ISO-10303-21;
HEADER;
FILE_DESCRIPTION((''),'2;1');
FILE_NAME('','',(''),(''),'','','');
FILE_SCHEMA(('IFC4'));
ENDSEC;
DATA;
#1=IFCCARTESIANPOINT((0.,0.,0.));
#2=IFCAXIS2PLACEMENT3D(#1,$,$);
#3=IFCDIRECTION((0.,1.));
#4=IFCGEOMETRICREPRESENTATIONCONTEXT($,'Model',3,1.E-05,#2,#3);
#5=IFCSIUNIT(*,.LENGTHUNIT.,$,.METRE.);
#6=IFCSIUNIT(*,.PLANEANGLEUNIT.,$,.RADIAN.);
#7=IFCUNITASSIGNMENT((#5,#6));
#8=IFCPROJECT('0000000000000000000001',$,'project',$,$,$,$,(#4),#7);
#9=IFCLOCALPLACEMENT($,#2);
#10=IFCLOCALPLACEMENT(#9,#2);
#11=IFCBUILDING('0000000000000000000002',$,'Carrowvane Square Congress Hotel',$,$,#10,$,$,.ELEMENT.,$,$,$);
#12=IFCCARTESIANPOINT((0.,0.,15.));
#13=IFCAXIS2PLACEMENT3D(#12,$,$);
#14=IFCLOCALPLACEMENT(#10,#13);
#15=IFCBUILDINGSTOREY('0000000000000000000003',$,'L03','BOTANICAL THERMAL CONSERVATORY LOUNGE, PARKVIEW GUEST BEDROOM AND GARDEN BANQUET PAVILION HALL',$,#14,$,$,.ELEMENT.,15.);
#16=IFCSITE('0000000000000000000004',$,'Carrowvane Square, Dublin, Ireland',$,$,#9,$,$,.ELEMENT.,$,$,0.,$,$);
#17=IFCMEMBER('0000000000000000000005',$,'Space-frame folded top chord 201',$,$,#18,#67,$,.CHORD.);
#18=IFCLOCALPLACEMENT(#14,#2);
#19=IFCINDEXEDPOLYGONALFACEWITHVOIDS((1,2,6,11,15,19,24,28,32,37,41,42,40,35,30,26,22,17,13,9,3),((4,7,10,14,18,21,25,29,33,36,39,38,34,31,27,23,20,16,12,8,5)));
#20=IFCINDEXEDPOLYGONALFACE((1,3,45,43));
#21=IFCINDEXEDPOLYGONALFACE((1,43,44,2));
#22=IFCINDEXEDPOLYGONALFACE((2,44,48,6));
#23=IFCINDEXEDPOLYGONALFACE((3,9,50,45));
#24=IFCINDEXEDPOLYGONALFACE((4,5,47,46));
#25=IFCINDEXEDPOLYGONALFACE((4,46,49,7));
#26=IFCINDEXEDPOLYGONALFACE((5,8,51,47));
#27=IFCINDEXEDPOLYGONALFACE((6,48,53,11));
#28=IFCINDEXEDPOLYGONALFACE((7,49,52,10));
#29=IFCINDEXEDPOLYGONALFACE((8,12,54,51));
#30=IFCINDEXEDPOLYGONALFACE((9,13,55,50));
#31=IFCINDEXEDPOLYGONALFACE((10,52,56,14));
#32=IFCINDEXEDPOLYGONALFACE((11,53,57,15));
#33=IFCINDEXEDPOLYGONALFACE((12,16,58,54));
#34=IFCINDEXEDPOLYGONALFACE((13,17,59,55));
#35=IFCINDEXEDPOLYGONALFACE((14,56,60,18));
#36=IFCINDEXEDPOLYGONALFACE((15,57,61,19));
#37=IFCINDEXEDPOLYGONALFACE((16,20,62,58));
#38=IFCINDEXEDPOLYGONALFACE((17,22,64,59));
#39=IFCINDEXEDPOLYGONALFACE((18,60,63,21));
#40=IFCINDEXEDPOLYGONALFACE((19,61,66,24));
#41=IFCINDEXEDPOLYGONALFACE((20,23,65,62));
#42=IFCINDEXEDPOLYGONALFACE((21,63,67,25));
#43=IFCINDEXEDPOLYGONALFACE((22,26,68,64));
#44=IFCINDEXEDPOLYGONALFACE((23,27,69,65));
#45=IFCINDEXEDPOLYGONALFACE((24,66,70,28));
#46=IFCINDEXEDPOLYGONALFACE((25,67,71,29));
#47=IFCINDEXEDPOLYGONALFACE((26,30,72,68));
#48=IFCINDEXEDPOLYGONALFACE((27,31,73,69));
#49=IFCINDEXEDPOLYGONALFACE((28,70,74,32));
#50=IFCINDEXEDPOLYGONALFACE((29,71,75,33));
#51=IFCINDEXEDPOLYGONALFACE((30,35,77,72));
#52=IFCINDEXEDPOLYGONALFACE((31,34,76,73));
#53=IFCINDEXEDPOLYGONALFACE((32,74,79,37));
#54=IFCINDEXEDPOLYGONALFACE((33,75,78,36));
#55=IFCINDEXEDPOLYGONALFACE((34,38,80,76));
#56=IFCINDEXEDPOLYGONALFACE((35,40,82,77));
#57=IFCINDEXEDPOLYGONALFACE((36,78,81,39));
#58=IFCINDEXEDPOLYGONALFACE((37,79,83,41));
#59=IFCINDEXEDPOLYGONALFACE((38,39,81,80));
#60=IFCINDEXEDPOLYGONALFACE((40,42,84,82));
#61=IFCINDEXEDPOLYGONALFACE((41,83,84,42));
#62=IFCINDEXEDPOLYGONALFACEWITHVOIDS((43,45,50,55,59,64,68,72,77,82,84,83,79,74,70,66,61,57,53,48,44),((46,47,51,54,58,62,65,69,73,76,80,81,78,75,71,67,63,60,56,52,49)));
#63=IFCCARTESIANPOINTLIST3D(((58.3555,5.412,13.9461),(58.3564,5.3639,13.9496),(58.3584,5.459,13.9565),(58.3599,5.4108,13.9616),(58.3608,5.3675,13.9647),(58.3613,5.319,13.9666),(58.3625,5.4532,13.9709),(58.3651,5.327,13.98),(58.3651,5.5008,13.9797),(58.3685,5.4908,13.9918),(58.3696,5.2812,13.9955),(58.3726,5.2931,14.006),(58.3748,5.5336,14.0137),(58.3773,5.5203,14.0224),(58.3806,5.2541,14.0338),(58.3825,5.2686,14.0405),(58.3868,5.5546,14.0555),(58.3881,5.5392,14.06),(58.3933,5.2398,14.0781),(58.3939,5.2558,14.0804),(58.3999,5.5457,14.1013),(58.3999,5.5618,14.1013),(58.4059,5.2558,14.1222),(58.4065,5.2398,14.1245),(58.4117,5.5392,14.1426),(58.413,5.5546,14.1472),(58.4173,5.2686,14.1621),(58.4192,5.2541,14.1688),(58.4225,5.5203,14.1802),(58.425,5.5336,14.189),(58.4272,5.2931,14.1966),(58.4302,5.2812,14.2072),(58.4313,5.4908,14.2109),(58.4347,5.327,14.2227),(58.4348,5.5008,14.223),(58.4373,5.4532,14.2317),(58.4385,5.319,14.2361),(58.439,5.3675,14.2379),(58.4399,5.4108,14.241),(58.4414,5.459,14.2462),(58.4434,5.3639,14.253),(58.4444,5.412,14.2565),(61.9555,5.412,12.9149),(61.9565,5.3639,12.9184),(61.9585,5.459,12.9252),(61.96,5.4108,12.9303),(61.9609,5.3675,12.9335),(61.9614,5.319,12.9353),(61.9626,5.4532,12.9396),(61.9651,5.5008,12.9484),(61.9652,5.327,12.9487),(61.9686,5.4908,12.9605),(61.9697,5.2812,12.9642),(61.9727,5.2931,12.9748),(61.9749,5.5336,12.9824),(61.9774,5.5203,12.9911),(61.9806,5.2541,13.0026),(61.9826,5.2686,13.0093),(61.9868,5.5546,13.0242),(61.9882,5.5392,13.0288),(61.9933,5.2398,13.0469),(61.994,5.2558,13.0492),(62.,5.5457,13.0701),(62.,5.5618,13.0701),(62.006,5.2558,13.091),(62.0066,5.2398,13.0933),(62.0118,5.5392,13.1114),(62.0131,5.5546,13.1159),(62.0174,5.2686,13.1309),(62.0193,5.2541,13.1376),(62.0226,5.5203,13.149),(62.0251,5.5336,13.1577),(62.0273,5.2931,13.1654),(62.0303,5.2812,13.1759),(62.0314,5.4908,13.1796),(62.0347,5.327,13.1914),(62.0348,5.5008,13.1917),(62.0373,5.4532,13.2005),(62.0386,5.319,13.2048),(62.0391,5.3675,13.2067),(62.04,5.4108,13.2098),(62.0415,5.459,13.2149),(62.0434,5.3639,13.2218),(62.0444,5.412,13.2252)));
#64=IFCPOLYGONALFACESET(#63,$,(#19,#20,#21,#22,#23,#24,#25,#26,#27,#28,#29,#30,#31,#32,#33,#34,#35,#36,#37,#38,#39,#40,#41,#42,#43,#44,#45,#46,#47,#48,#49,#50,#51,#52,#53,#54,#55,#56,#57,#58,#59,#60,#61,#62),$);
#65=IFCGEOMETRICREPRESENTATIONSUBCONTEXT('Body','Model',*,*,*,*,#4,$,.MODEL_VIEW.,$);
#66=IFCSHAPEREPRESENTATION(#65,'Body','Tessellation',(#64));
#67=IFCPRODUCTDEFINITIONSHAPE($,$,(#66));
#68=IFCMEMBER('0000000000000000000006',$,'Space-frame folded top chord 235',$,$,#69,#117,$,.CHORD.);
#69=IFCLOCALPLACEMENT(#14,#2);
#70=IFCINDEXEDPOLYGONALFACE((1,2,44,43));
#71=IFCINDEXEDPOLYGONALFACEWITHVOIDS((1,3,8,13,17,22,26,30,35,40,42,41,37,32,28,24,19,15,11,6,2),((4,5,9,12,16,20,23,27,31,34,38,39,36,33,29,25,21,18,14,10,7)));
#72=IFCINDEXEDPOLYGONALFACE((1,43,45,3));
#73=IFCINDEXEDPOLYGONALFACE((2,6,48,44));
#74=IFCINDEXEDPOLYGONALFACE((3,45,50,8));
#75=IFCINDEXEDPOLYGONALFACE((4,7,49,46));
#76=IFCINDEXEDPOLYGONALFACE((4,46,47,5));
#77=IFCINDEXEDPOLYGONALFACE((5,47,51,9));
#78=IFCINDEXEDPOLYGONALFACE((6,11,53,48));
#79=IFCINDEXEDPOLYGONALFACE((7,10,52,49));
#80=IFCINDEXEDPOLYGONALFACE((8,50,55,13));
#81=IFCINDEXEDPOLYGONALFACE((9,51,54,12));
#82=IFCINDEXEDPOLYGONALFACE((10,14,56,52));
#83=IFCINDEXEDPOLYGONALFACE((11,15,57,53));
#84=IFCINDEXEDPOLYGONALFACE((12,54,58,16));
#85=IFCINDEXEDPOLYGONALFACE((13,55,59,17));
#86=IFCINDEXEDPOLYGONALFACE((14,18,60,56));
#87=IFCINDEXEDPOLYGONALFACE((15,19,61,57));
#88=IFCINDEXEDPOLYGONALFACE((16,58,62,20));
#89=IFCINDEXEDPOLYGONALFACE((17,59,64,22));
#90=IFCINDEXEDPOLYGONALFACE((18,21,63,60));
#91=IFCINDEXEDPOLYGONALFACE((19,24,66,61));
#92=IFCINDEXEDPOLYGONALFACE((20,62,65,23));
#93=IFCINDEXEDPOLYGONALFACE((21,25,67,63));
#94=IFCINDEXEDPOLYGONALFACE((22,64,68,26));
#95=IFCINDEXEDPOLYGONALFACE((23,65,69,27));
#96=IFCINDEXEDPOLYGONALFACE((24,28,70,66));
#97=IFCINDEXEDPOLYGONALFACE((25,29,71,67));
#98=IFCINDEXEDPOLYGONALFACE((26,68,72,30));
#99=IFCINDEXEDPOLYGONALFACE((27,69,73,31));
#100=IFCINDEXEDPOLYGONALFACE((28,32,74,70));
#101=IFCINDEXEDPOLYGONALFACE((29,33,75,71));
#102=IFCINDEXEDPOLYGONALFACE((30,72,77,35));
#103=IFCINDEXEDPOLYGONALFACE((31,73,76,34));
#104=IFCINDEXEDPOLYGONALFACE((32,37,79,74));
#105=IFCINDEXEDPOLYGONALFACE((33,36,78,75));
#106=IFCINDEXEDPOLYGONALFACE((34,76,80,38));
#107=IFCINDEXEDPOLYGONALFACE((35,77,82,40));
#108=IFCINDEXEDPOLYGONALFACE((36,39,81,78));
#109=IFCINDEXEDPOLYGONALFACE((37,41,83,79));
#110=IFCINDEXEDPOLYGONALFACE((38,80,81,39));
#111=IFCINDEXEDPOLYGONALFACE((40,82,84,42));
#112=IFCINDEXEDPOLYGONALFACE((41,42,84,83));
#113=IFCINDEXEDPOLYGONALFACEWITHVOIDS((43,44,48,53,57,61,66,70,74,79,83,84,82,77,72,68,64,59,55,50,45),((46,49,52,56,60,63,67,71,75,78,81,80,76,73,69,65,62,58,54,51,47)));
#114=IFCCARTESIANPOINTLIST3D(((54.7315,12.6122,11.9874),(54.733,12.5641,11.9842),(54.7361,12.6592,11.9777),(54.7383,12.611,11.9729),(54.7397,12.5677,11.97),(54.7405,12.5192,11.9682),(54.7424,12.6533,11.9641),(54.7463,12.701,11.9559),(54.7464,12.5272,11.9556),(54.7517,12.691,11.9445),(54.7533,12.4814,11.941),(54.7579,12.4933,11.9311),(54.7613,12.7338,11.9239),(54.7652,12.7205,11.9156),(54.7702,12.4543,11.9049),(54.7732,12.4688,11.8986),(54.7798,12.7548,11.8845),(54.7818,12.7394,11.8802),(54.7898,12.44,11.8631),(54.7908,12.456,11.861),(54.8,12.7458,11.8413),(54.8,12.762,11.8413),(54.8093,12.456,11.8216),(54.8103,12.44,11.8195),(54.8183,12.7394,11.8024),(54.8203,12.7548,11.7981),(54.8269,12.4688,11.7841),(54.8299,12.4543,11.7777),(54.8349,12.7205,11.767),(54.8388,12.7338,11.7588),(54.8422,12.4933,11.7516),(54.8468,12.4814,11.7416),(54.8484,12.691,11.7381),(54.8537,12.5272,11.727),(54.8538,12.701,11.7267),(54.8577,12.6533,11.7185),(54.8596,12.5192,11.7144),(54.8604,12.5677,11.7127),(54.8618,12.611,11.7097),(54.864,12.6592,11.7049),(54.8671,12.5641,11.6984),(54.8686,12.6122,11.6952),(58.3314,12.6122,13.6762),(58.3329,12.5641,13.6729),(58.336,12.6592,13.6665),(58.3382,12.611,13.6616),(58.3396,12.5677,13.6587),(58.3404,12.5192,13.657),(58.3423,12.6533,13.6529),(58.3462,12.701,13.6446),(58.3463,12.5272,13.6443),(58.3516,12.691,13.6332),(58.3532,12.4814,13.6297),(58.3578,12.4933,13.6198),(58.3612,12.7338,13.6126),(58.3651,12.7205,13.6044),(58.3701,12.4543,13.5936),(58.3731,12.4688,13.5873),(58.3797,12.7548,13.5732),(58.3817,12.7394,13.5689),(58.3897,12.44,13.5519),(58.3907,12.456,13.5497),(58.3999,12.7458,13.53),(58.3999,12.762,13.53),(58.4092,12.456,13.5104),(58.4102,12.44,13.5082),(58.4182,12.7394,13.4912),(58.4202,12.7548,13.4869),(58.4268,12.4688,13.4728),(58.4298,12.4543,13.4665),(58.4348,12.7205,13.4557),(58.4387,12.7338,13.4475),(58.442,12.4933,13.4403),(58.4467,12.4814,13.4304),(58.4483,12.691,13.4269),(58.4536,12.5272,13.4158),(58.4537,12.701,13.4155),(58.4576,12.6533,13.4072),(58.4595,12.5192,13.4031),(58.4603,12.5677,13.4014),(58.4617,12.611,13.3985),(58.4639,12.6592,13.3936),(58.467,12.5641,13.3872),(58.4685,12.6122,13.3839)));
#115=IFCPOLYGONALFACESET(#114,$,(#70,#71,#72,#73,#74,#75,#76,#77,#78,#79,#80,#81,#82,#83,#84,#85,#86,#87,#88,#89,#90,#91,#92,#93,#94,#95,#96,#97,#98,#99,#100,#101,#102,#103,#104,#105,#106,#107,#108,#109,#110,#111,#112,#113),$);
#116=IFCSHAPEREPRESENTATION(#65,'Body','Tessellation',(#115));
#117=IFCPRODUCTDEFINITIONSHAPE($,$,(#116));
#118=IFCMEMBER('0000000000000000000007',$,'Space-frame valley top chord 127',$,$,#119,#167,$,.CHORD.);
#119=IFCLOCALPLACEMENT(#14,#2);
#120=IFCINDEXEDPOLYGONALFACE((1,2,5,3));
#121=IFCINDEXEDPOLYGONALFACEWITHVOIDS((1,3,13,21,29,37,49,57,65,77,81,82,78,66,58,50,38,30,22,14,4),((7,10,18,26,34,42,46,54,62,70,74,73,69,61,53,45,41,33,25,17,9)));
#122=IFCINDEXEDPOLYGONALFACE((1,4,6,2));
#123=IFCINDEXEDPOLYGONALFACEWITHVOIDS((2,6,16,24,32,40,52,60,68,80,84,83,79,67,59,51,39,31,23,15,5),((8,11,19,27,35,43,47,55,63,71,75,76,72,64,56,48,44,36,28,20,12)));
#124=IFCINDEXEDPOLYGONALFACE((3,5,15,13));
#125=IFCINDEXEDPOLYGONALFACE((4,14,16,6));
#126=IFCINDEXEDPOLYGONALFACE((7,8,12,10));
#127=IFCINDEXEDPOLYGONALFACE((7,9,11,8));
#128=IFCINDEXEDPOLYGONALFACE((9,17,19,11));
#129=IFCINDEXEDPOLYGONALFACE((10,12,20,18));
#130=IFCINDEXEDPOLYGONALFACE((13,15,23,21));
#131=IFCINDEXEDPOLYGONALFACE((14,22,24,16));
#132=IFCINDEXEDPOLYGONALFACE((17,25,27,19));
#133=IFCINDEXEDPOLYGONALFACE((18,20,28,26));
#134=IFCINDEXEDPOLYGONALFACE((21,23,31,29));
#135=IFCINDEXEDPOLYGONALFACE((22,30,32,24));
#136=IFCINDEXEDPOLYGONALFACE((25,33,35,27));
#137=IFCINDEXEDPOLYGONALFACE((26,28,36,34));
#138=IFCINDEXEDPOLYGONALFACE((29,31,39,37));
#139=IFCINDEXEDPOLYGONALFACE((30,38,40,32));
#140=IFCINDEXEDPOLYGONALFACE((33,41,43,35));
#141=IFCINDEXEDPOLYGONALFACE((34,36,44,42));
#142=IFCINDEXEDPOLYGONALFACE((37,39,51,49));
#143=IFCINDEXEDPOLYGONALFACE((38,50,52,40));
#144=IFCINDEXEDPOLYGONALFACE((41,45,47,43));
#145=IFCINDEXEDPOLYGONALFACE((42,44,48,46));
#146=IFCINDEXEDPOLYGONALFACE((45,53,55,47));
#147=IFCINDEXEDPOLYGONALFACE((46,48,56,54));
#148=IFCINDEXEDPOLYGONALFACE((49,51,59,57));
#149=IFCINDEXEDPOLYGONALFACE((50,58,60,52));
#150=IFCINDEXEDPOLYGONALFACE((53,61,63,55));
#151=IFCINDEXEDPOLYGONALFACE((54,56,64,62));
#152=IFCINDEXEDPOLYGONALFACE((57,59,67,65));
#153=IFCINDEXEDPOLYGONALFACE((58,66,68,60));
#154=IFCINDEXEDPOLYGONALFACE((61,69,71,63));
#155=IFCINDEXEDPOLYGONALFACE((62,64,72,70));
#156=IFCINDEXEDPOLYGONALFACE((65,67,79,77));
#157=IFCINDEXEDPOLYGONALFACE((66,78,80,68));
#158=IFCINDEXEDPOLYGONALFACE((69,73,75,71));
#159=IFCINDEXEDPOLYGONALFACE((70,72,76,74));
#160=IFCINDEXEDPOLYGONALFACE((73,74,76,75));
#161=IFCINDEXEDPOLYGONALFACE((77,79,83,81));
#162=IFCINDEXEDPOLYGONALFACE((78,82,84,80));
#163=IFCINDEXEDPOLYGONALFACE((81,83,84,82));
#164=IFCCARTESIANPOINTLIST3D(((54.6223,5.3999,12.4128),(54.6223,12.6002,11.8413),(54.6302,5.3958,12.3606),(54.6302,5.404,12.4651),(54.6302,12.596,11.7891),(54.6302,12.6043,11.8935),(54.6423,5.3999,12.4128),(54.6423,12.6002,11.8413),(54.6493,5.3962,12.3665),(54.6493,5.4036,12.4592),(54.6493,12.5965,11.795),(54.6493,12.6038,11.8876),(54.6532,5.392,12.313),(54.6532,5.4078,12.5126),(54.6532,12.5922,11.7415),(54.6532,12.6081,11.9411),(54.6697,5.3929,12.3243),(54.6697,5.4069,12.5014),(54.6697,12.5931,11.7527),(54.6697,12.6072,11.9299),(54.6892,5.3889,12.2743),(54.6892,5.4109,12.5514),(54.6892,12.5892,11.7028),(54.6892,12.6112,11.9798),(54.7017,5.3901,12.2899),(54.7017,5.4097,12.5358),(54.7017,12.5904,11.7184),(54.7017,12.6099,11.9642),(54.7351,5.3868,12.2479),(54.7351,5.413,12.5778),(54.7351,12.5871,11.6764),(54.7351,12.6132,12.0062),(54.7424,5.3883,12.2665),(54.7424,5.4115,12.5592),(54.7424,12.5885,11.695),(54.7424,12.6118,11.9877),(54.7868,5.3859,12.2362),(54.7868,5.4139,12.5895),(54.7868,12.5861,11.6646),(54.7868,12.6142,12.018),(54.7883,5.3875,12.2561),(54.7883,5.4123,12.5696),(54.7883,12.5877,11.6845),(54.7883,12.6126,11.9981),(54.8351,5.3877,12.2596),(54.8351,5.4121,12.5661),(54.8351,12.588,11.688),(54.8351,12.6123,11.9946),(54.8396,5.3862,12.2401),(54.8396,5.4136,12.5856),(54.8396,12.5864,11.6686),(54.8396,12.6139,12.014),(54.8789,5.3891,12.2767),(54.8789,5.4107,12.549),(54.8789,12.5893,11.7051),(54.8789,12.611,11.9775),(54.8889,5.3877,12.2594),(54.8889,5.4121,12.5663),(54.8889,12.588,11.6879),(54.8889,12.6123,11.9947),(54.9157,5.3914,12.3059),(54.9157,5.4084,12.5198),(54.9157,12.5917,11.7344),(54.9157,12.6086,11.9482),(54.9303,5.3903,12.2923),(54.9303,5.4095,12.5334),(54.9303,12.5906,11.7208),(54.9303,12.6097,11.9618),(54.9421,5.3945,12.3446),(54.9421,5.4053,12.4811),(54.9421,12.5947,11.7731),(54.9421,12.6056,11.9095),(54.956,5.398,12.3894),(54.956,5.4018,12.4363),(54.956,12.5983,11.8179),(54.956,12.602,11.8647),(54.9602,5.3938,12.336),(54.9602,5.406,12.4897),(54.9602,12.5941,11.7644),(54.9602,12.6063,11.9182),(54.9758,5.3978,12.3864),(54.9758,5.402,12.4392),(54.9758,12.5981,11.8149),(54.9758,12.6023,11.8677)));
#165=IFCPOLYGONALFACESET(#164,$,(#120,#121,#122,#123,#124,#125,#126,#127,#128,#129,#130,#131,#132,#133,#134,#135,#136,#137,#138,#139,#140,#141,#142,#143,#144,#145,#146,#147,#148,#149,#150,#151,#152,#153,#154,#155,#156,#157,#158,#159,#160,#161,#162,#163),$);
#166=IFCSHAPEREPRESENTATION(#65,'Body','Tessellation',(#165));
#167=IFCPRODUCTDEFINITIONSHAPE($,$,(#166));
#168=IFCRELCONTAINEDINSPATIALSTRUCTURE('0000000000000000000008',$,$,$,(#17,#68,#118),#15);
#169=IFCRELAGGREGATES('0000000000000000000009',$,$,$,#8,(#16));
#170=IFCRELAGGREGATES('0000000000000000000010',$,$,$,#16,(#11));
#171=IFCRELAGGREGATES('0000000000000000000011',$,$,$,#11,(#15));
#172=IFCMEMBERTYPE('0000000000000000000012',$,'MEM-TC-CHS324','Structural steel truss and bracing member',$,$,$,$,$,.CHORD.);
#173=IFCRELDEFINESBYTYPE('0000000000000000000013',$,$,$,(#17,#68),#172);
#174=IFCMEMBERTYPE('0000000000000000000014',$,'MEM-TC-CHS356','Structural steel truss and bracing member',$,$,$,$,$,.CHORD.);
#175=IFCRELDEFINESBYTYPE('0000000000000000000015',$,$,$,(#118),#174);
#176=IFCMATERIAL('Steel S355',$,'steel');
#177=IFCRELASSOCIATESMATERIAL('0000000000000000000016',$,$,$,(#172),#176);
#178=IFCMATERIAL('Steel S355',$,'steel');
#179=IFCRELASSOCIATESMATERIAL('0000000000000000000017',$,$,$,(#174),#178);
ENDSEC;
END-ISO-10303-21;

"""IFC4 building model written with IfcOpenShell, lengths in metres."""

from ifc_helpers import new_model, si_unit, direction, frame, origin, origin_2d, place, context, subcontext, project, spatial, hollow_circle, extrude, material, material_profile, profile_set, type_object, element, save


model = new_model("IFC4")

# Units and contexts
model_context = context("Model", 3, precision=1e-05, world=origin(), true_north=direction((0.0, 1.0)))
body_context = subcontext(model_context, "Body", "Model", "MODEL_VIEW")
ifc_project = project(units=[si_unit("LENGTHUNIT", "METRE"), si_unit("PLANEANGLEUNIT", "RADIAN")], contexts=[model_context])

# Site, building, storey
site_placement = place(None, origin())
site = spatial("IfcSite", under=ifc_project, at=site_placement, Name="Carrowvane Square, Dublin, Ireland", CompositionType="ELEMENT", RefElevation=0.0)
building_placement = place(site_placement, origin())
building = spatial("IfcBuilding", under=site, at=building_placement, Name="Carrowvane Square Congress Hotel", CompositionType="ELEMENT")
storey_placement = place(building_placement, frame((0.0, 0.0, 15.0)))
storey = spatial("IfcBuildingStorey", under=building, at=storey_placement, Name="L03", Description="BOTANICAL THERMAL CONSERVATORY LOUNGE, PARKVIEW GUEST BEDROOM AND GARDEN BANQUET PAVILION HALL", CompositionType="ELEMENT", Elevation=15.0)

# Members
ifc_material_1 = material(Name="Steel S355", Category="steel")
ifc_material_profile_1 = material_profile(ifc_material_1, hollow_circle(Radius=0.1619, WallThickness=0.0161, at=origin_2d()), Name="CHS 323.9x16")
ifc_profile_set_1 = profile_set([ifc_material_profile_1], Name="Steel S355")
member_type_1 = type_object("IfcMemberType", Name="MEM-TC-CHS324", Description="Structural steel truss and bracing member", PredefinedType="CHORD", material=ifc_profile_set_1)
member_1_placement = place(storey_placement, frame((58.3999, 5.3999, 14.1013), z_axis=(0.961337, 0.0, -0.275375), x_axis=(0.0, 1.0, 0.0)))
element("IfcMember", 1, at=member_1_placement, inside=storey, type_object=member_type_1, Name="Space-frame folded top chord 201", PredefinedType="CHORD", context=body_context, shape_type="SweptSolid", body=[
    extrude(hollow_circle(Radius=0.1619, WallThickness=0.0161, at=origin_2d()), origin(), (0.0, 0.0, 1.0), 3.7449),
])
member_2_placement = place(storey_placement, frame((54.8, 12.6001, 11.8413), z_axis=(0.905334, 0.0, 0.4247), x_axis=(0.0, 1.0, 0.0)))
element("IfcMember", 2, at=member_2_placement, inside=storey, type_object=member_type_1, Name="Space-frame folded top chord 235", PredefinedType="CHORD", context=body_context, shape_type="SweptSolid", body=[
    extrude(hollow_circle(Radius=0.1619, WallThickness=0.0161, at=origin_2d()), origin(), (0.0, 0.0, 1.0), 3.9763),
])
ifc_material_2 = material(Name="Steel S355", Category="steel")
ifc_material_profile_2 = material_profile(ifc_material_2, hollow_circle(Radius=0.1777, WallThickness=0.02, at=origin_2d()), Name="CHS 355.6x20")
ifc_profile_set_2 = profile_set([ifc_material_profile_2], Name="Steel S355")
member_type_2 = type_object("IfcMemberType", Name="MEM-TC-CHS356", Description="Structural steel truss and bracing member", PredefinedType="CHORD", material=ifc_profile_set_2)
member_3_placement = place(storey_placement, frame((54.8, 5.3999, 12.4128), z_axis=(0.0, 0.996864, -0.079129), x_axis=(-1.0, 0.0, 0.0)))
element("IfcMember", 3, at=member_3_placement, inside=storey, type_object=member_type_2, Name="Space-frame valley top chord 127", PredefinedType="CHORD", context=body_context, shape_type="SweptSolid", body=[
    extrude(hollow_circle(Radius=0.1777, WallThickness=0.02, at=origin_2d()), origin(), (0.0, 0.0, 1.0), 7.2229),
])

save(model, "model.ifc")
